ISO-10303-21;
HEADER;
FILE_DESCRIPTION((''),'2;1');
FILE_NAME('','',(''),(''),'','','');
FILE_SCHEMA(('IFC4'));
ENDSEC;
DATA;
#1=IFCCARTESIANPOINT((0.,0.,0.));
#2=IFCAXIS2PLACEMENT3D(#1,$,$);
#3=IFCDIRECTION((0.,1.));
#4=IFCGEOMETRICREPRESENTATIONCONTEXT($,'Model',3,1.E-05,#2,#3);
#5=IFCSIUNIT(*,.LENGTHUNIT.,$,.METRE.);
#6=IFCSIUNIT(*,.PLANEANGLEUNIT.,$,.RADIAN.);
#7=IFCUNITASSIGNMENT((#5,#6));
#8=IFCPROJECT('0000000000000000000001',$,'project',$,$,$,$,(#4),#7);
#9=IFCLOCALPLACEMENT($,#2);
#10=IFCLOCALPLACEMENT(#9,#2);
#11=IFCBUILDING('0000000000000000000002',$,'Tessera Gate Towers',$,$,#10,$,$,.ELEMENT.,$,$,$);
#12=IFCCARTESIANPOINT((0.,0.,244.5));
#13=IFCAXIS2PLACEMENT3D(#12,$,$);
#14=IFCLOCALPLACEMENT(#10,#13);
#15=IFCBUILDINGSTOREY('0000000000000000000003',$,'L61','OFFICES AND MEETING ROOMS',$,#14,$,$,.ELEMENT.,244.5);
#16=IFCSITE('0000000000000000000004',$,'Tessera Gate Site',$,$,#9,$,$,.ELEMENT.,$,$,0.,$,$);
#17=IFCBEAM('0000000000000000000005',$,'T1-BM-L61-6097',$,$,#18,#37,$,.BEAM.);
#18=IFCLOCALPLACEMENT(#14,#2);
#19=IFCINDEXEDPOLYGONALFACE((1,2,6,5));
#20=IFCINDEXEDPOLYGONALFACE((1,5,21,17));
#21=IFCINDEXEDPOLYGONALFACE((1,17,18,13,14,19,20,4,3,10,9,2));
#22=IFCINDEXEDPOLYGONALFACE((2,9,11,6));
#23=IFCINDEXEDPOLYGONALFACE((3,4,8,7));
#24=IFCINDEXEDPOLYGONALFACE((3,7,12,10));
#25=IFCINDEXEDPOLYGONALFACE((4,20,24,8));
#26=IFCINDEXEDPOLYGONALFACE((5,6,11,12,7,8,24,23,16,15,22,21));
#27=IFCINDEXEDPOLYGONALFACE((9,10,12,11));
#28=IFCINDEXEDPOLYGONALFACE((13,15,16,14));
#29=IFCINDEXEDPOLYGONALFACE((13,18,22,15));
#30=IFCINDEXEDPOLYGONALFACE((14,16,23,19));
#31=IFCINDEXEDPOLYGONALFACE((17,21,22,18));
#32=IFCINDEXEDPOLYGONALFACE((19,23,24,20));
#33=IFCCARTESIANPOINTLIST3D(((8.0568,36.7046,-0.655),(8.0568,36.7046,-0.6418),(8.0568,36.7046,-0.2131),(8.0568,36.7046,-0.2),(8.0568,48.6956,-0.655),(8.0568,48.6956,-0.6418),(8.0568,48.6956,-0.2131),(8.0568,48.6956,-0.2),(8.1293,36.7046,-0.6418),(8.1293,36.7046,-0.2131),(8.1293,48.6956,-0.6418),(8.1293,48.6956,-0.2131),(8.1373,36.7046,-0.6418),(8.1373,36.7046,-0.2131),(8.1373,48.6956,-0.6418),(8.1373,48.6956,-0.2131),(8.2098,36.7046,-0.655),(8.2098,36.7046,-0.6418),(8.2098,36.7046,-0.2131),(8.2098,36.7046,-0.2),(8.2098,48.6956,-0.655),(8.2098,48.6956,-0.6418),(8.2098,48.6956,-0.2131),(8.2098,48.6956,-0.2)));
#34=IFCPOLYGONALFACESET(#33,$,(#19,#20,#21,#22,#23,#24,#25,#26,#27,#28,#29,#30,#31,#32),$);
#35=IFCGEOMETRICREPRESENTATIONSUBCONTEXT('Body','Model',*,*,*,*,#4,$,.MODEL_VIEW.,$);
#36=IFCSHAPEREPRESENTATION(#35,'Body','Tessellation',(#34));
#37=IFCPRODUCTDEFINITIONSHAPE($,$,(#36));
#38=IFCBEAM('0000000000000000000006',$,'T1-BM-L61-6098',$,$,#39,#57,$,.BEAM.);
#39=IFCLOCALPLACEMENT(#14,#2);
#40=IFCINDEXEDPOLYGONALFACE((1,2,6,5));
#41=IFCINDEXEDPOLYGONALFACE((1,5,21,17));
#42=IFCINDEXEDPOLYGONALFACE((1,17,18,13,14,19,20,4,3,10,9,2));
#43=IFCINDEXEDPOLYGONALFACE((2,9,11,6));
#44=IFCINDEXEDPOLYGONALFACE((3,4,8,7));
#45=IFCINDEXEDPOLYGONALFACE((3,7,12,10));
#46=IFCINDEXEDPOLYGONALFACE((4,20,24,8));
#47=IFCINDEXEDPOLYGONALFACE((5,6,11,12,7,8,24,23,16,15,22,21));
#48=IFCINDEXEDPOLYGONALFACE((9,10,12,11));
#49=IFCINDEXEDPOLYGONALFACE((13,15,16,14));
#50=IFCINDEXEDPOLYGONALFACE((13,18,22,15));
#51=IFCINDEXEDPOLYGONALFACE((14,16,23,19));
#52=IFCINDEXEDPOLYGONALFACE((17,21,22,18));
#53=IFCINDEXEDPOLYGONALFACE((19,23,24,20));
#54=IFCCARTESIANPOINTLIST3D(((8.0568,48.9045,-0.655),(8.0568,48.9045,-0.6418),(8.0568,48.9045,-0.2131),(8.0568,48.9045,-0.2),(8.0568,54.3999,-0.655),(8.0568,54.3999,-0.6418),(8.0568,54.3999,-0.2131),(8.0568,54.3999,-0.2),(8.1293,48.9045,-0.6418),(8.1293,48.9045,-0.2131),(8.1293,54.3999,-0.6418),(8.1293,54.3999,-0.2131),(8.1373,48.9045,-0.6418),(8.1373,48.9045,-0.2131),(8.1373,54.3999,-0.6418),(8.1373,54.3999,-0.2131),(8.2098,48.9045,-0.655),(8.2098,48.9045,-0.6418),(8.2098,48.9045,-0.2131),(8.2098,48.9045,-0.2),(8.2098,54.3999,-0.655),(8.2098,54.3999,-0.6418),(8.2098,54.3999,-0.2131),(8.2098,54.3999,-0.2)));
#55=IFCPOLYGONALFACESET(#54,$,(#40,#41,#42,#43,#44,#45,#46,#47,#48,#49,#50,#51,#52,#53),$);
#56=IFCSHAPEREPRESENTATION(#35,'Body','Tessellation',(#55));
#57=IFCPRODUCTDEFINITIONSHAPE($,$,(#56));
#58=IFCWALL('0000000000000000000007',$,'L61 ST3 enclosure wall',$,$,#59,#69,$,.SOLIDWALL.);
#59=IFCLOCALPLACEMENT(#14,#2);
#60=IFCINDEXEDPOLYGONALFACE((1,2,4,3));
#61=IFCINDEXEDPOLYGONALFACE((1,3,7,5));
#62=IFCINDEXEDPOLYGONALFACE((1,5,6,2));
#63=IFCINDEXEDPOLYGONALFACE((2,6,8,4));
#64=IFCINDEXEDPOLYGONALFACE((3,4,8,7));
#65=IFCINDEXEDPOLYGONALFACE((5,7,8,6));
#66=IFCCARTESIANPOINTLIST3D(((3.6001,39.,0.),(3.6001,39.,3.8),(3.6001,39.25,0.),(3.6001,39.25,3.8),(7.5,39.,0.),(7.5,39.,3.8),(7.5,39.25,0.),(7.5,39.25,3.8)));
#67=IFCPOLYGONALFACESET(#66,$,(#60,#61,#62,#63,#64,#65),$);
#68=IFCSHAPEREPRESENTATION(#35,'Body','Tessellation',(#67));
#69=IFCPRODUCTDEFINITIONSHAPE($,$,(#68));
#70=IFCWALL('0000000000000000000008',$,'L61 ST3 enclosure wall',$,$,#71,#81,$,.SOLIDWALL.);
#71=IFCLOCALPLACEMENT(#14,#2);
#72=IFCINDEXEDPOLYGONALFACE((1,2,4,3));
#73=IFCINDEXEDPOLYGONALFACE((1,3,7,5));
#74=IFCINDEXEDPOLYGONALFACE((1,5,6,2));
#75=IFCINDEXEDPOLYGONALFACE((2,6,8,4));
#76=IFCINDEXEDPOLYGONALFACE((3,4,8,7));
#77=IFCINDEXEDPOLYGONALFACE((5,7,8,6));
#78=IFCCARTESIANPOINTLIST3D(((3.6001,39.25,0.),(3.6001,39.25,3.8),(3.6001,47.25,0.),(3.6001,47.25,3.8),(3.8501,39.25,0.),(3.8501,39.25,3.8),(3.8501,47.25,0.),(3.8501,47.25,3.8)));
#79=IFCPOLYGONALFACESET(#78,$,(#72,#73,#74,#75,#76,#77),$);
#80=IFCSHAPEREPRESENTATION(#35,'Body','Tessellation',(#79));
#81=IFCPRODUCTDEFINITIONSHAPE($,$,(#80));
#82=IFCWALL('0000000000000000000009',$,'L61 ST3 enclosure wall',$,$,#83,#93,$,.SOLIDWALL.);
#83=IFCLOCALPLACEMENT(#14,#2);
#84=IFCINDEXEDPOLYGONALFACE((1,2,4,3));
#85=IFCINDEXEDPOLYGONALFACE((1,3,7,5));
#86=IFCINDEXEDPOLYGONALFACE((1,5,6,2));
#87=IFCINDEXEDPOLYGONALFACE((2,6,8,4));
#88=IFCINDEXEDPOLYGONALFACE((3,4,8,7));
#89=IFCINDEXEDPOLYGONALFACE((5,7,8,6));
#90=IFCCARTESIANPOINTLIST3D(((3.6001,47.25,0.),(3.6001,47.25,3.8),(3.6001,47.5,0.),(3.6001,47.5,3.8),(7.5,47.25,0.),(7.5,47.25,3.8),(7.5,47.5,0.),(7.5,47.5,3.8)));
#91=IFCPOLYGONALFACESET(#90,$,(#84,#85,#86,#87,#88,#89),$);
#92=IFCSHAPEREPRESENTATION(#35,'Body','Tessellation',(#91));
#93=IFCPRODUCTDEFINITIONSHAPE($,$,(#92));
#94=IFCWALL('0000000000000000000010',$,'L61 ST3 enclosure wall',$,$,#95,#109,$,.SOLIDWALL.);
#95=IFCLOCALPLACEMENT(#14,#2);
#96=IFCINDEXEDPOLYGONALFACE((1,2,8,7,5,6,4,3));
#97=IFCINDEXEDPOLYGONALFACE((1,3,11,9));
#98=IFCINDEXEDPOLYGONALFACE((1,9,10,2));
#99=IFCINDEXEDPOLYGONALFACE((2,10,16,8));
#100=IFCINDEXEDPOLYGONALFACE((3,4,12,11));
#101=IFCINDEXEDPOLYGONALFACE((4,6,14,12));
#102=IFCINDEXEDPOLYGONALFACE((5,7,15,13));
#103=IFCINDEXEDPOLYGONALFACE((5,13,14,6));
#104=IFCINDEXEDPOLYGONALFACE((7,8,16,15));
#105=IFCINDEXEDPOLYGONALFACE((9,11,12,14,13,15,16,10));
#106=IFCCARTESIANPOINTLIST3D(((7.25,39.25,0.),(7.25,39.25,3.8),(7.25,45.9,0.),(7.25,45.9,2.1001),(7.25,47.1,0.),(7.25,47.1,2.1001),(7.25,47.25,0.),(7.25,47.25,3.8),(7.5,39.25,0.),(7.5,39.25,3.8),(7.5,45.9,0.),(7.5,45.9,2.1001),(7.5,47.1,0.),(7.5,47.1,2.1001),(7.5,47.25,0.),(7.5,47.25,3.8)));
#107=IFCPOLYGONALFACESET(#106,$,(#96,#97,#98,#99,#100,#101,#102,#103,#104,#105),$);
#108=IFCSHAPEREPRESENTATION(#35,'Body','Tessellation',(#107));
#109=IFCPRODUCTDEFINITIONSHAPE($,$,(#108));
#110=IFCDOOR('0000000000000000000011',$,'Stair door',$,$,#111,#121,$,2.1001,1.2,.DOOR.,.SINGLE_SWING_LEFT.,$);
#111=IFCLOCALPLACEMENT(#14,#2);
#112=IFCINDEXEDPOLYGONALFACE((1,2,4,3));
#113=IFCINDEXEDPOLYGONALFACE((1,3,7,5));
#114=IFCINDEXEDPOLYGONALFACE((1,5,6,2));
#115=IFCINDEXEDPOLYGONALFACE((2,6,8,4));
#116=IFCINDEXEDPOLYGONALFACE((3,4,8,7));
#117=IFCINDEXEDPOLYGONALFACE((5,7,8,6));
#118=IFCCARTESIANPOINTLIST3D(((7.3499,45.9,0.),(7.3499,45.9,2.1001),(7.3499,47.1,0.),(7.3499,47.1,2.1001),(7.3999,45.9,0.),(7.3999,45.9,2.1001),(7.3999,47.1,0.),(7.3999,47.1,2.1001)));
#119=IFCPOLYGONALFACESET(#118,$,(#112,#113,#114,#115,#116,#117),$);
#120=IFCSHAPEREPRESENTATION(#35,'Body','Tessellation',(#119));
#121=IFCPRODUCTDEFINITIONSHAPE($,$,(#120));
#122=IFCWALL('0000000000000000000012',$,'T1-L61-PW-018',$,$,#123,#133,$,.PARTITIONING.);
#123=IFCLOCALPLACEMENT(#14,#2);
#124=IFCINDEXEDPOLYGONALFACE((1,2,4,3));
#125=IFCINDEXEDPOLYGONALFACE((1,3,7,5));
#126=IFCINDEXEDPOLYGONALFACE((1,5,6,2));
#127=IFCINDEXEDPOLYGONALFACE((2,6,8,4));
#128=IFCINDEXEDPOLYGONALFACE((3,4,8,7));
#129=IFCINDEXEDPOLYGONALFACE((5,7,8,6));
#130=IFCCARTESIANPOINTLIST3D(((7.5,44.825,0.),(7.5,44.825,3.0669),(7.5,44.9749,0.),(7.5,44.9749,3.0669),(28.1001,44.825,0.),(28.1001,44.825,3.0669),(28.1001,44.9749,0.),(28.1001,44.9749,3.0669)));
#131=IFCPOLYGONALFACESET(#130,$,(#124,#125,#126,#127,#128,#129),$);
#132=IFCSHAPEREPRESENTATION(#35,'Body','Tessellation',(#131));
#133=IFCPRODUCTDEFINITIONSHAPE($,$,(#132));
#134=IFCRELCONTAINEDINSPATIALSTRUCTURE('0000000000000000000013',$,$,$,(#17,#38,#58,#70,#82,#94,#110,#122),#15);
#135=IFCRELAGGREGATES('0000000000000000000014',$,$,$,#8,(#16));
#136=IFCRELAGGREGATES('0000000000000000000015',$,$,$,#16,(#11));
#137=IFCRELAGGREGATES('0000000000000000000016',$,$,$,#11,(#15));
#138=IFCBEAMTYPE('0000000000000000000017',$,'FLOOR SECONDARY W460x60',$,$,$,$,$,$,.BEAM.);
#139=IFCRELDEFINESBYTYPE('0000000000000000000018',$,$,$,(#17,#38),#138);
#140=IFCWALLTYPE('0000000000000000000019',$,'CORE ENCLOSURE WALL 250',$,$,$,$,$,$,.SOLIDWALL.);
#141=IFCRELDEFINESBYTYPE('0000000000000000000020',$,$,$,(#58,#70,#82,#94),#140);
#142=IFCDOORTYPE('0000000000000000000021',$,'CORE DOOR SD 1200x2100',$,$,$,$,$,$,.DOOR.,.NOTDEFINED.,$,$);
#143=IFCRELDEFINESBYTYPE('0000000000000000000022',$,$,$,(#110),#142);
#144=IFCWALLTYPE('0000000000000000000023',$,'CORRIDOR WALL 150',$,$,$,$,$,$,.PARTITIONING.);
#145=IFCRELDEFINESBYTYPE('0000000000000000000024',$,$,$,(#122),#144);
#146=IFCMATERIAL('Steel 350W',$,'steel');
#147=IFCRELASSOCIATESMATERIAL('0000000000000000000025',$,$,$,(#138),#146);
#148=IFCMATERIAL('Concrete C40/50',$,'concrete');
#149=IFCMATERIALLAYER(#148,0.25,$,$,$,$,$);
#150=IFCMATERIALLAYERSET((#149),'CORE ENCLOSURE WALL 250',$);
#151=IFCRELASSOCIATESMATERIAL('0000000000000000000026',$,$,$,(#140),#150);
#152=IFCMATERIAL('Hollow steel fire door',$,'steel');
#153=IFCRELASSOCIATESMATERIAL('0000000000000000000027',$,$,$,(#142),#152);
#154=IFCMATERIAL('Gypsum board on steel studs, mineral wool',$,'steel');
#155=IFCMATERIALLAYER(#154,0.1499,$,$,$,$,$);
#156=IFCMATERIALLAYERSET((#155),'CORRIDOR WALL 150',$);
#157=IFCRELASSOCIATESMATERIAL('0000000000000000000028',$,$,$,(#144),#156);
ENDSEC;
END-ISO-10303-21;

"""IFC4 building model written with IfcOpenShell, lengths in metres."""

from ifc_helpers import new_model, si_unit, direction, frame, frame_2d, origin, origin_2d, place, context, subcontext, project, spatial, rectangle, i_section, extrude, source, transform, mapped, material, layer, layer_set, material_profile, profile_set, type_object, element, fill, save


model = new_model("IFC4")

# Units and contexts
model_context = context("Model", 3, precision=1e-05, world=origin(), true_north=direction((0.0, 1.0)))
body_context = subcontext(model_context, "Body", "Model", "MODEL_VIEW")
ifc_project = project(units=[si_unit("LENGTHUNIT", "METRE"), si_unit("PLANEANGLEUNIT", "RADIAN")], contexts=[model_context])

# Site, building, storey
site_placement = place(None, origin())
site = spatial("IfcSite", under=ifc_project, at=site_placement, Name="Tessera Gate Site", CompositionType="ELEMENT", RefElevation=0.0)
building_placement = place(site_placement, origin())
building = spatial("IfcBuilding", under=site, at=building_placement, Name="Tessera Gate Towers", CompositionType="ELEMENT")
storey_placement = place(building_placement, frame((0.0, 0.0, 244.5)))
storey = spatial("IfcBuildingStorey", under=building, at=storey_placement, Name="L61", Description="OFFICES AND MEETING ROOMS", CompositionType="ELEMENT", Elevation=244.5)

# Beams
ifc_material_1 = material(Name="Steel 350W", Category="steel")
ifc_material_profile_1 = material_profile(ifc_material_1, i_section(OverallWidth=0.1531, OverallDepth=0.4551, WebThickness=0.0081, FlangeThickness=0.0132, at=origin_2d()), Name="W460x60")
ifc_profile_set_1 = profile_set([ifc_material_profile_1], Name="Steel 350W")
beam_type_1 = type_object("IfcBeamType", Name="FLOOR SECONDARY W460x60", PredefinedType="BEAM", material=ifc_profile_set_1)
beam_1_placement = place(storey_placement, frame((8.1333, 36.7046, -0.4275), z_axis=(0.0, 1.0, 0.0), x_axis=(-1.0, 0.0, 0.0)))
element("IfcBeam", 1, at=beam_1_placement, inside=storey, type_object=beam_type_1, Name="T1-BM-L61-6097", PredefinedType="BEAM", context=body_context, shape_type="SweptSolid", body=[
    extrude(i_section(OverallWidth=0.1531, OverallDepth=0.4551, WebThickness=0.0081, FlangeThickness=0.0132, at=origin_2d()), origin(), (0.0, 0.0, 1.0), 11.991),
])
beam_2_placement = place(storey_placement, frame((8.1333, 48.9045, -0.4275), z_axis=(0.0, 1.0, 0.0), x_axis=(-1.0, 0.0, 0.0)))
element("IfcBeam", 2, at=beam_2_placement, inside=storey, type_object=beam_type_1, Name="T1-BM-L61-6098", PredefinedType="BEAM", context=body_context, shape_type="SweptSolid", body=[
    extrude(i_section(OverallWidth=0.1531, OverallDepth=0.4551, WebThickness=0.0081, FlangeThickness=0.0132, at=origin_2d()), origin(), (0.0, 0.0, 1.0), 5.4954),
])

# Walls
ifc_material_2 = material(Name="Concrete C40/50", Category="concrete")
ifc_layer_1 = layer(ifc_material_2, 0.25)
ifc_layer_set_1 = layer_set([ifc_layer_1], Name="CORE ENCLOSURE WALL 250")
wall_type_1 = type_object("IfcWallType", Name="CORE ENCLOSURE WALL 250", PredefinedType="SOLIDWALL", material=ifc_layer_set_1)
wall_1_placement = place(storey_placement, frame((7.5, 39.125, 0.0), z_axis=(0.0, 0.0, 1.0), x_axis=(-1.0, 0.0, 0.0)))
element("IfcWall", 3, at=wall_1_placement, inside=storey, type_object=wall_type_1, Name="L61 ST3 enclosure wall", PredefinedType="SOLIDWALL", context=body_context, shape_type="SweptSolid", body=[
    extrude(rectangle(XDim=3.8999, YDim=0.25, at=frame_2d((1.95, 0.0))), origin(), (0.0, 0.0, 1.0), 3.8),
])
wall_2_placement = place(storey_placement, frame((3.7251, 39.25, 0.0), z_axis=(0.0, 0.0, 1.0), x_axis=(0.0, 1.0, 0.0)))
element("IfcWall", 4, at=wall_2_placement, inside=storey, type_object=wall_type_1, Name="L61 ST3 enclosure wall", PredefinedType="SOLIDWALL", context=body_context, shape_type="SweptSolid", body=[
    extrude(rectangle(XDim=8.0, YDim=0.25, at=frame_2d((4.0, 0.0))), origin(), (0.0, 0.0, 1.0), 3.8),
])
wall_3_placement = place(storey_placement, frame((3.6001, 47.375, 0.0), z_axis=(0.0, 0.0, 1.0), x_axis=(1.0, 0.0, 0.0)))
element("IfcWall", 5, at=wall_3_placement, inside=storey, type_object=wall_type_1, Name="L61 ST3 enclosure wall", PredefinedType="SOLIDWALL", context=body_context, shape_type="SweptSolid", body=[
    extrude(rectangle(XDim=3.8999, YDim=0.25, at=frame_2d((1.95, 0.0))), origin(), (0.0, 0.0, 1.0), 3.8),
])

# Wall, opening, door
wall_4_placement = place(storey_placement, frame((7.375, 47.25, 0.0), z_axis=(0.0, 0.0, 1.0), x_axis=(0.0, -1.0, 0.0)))
wall_4 = element("IfcWall", 6, at=wall_4_placement, inside=storey, type_object=wall_type_1, Name="L61 ST3 enclosure wall", PredefinedType="SOLIDWALL", context=body_context, shape_type="SweptSolid", body=[
    extrude(rectangle(XDim=8.0, YDim=0.25, at=frame_2d((4.0, 0.0))), origin(), (0.0, 0.0, 1.0), 3.8),
])
shared_shape_1 = source(origin(), body_context, "Body", "SweptSolid", [
    extrude(rectangle(XDim=1.2, YDim=2.1001, at=frame_2d((0.6001, 1.05))), frame((0.0, 0.135, 0.0), z_axis=(0.0, -1.0, 0.0), x_axis=(1.0, 0.0, 0.0)), (0.0, 0.0, 1.0), 0.27),
])
opening_1_placement = place(wall_4_placement, frame((0.1499, 0.0, 0.0)))
opening_1 = element("IfcOpeningElement", 7, at=opening_1_placement, cuts=wall_4, PredefinedType="OPENING", context=body_context, shape_type="MappedRepresentation", body=[
    mapped(shared_shape_1, transform((0.0, 0.0, 0.0), scale=1.0)),
])
ifc_material_3 = material(Name="Hollow steel fire door", Category="steel")
door_type_1 = type_object("IfcDoorType", Name="CORE DOOR SD 1200x2100", OperationType="NOTDEFINED", PredefinedType="DOOR", material=ifc_material_3)
shared_shape_2 = source(origin(), body_context, "Body", "SweptSolid", [
    extrude(rectangle(XDim=1.2, YDim=2.1001, at=frame_2d((0.6001, 1.05))), frame((0.0, 0.0249, 0.0), z_axis=(0.0, -1.0, 0.0), x_axis=(1.0, 0.0, 0.0)), (0.0, 0.0, 1.0), 0.05),
])
door_1_placement = place(opening_1_placement, origin())
door_1 = element("IfcDoor", 8, at=door_1_placement, inside=storey, type_object=door_type_1, Name="Stair door", OperationType="SINGLE_SWING_LEFT", OverallHeight=2.1001, OverallWidth=1.2, PredefinedType="DOOR", context=body_context, shape_type="MappedRepresentation", body=[
    mapped(shared_shape_2, transform((0.0, 0.0, 0.0), scale=1.0)),
])
fill(opening_1, door_1)

# Wall
ifc_material_4 = material(Name="Gypsum board on steel studs, mineral wool", Category="steel")
ifc_layer_2 = layer(ifc_material_4, 0.1499)
ifc_layer_set_2 = layer_set([ifc_layer_2], Name="CORRIDOR WALL 150")
wall_type_2 = type_object("IfcWallType", Name="CORRIDOR WALL 150", PredefinedType="PARTITIONING", material=ifc_layer_set_2)
wall_5_placement = place(storey_placement, frame((7.5, 44.8999, 0.0), z_axis=(0.0, 0.0, 1.0), x_axis=(1.0, 0.0, 0.0)))
element("IfcWall", 9, at=wall_5_placement, inside=storey, type_object=wall_type_2, Name="T1-L61-PW-018", PredefinedType="PARTITIONING", context=body_context, shape_type="SweptSolid", body=[
    extrude(rectangle(XDim=20.6001, YDim=0.1499, at=frame_2d((10.3, 0.0))), origin(), (0.0, 0.0, 1.0), 3.0669),
])

save(model, "model.ifc")
